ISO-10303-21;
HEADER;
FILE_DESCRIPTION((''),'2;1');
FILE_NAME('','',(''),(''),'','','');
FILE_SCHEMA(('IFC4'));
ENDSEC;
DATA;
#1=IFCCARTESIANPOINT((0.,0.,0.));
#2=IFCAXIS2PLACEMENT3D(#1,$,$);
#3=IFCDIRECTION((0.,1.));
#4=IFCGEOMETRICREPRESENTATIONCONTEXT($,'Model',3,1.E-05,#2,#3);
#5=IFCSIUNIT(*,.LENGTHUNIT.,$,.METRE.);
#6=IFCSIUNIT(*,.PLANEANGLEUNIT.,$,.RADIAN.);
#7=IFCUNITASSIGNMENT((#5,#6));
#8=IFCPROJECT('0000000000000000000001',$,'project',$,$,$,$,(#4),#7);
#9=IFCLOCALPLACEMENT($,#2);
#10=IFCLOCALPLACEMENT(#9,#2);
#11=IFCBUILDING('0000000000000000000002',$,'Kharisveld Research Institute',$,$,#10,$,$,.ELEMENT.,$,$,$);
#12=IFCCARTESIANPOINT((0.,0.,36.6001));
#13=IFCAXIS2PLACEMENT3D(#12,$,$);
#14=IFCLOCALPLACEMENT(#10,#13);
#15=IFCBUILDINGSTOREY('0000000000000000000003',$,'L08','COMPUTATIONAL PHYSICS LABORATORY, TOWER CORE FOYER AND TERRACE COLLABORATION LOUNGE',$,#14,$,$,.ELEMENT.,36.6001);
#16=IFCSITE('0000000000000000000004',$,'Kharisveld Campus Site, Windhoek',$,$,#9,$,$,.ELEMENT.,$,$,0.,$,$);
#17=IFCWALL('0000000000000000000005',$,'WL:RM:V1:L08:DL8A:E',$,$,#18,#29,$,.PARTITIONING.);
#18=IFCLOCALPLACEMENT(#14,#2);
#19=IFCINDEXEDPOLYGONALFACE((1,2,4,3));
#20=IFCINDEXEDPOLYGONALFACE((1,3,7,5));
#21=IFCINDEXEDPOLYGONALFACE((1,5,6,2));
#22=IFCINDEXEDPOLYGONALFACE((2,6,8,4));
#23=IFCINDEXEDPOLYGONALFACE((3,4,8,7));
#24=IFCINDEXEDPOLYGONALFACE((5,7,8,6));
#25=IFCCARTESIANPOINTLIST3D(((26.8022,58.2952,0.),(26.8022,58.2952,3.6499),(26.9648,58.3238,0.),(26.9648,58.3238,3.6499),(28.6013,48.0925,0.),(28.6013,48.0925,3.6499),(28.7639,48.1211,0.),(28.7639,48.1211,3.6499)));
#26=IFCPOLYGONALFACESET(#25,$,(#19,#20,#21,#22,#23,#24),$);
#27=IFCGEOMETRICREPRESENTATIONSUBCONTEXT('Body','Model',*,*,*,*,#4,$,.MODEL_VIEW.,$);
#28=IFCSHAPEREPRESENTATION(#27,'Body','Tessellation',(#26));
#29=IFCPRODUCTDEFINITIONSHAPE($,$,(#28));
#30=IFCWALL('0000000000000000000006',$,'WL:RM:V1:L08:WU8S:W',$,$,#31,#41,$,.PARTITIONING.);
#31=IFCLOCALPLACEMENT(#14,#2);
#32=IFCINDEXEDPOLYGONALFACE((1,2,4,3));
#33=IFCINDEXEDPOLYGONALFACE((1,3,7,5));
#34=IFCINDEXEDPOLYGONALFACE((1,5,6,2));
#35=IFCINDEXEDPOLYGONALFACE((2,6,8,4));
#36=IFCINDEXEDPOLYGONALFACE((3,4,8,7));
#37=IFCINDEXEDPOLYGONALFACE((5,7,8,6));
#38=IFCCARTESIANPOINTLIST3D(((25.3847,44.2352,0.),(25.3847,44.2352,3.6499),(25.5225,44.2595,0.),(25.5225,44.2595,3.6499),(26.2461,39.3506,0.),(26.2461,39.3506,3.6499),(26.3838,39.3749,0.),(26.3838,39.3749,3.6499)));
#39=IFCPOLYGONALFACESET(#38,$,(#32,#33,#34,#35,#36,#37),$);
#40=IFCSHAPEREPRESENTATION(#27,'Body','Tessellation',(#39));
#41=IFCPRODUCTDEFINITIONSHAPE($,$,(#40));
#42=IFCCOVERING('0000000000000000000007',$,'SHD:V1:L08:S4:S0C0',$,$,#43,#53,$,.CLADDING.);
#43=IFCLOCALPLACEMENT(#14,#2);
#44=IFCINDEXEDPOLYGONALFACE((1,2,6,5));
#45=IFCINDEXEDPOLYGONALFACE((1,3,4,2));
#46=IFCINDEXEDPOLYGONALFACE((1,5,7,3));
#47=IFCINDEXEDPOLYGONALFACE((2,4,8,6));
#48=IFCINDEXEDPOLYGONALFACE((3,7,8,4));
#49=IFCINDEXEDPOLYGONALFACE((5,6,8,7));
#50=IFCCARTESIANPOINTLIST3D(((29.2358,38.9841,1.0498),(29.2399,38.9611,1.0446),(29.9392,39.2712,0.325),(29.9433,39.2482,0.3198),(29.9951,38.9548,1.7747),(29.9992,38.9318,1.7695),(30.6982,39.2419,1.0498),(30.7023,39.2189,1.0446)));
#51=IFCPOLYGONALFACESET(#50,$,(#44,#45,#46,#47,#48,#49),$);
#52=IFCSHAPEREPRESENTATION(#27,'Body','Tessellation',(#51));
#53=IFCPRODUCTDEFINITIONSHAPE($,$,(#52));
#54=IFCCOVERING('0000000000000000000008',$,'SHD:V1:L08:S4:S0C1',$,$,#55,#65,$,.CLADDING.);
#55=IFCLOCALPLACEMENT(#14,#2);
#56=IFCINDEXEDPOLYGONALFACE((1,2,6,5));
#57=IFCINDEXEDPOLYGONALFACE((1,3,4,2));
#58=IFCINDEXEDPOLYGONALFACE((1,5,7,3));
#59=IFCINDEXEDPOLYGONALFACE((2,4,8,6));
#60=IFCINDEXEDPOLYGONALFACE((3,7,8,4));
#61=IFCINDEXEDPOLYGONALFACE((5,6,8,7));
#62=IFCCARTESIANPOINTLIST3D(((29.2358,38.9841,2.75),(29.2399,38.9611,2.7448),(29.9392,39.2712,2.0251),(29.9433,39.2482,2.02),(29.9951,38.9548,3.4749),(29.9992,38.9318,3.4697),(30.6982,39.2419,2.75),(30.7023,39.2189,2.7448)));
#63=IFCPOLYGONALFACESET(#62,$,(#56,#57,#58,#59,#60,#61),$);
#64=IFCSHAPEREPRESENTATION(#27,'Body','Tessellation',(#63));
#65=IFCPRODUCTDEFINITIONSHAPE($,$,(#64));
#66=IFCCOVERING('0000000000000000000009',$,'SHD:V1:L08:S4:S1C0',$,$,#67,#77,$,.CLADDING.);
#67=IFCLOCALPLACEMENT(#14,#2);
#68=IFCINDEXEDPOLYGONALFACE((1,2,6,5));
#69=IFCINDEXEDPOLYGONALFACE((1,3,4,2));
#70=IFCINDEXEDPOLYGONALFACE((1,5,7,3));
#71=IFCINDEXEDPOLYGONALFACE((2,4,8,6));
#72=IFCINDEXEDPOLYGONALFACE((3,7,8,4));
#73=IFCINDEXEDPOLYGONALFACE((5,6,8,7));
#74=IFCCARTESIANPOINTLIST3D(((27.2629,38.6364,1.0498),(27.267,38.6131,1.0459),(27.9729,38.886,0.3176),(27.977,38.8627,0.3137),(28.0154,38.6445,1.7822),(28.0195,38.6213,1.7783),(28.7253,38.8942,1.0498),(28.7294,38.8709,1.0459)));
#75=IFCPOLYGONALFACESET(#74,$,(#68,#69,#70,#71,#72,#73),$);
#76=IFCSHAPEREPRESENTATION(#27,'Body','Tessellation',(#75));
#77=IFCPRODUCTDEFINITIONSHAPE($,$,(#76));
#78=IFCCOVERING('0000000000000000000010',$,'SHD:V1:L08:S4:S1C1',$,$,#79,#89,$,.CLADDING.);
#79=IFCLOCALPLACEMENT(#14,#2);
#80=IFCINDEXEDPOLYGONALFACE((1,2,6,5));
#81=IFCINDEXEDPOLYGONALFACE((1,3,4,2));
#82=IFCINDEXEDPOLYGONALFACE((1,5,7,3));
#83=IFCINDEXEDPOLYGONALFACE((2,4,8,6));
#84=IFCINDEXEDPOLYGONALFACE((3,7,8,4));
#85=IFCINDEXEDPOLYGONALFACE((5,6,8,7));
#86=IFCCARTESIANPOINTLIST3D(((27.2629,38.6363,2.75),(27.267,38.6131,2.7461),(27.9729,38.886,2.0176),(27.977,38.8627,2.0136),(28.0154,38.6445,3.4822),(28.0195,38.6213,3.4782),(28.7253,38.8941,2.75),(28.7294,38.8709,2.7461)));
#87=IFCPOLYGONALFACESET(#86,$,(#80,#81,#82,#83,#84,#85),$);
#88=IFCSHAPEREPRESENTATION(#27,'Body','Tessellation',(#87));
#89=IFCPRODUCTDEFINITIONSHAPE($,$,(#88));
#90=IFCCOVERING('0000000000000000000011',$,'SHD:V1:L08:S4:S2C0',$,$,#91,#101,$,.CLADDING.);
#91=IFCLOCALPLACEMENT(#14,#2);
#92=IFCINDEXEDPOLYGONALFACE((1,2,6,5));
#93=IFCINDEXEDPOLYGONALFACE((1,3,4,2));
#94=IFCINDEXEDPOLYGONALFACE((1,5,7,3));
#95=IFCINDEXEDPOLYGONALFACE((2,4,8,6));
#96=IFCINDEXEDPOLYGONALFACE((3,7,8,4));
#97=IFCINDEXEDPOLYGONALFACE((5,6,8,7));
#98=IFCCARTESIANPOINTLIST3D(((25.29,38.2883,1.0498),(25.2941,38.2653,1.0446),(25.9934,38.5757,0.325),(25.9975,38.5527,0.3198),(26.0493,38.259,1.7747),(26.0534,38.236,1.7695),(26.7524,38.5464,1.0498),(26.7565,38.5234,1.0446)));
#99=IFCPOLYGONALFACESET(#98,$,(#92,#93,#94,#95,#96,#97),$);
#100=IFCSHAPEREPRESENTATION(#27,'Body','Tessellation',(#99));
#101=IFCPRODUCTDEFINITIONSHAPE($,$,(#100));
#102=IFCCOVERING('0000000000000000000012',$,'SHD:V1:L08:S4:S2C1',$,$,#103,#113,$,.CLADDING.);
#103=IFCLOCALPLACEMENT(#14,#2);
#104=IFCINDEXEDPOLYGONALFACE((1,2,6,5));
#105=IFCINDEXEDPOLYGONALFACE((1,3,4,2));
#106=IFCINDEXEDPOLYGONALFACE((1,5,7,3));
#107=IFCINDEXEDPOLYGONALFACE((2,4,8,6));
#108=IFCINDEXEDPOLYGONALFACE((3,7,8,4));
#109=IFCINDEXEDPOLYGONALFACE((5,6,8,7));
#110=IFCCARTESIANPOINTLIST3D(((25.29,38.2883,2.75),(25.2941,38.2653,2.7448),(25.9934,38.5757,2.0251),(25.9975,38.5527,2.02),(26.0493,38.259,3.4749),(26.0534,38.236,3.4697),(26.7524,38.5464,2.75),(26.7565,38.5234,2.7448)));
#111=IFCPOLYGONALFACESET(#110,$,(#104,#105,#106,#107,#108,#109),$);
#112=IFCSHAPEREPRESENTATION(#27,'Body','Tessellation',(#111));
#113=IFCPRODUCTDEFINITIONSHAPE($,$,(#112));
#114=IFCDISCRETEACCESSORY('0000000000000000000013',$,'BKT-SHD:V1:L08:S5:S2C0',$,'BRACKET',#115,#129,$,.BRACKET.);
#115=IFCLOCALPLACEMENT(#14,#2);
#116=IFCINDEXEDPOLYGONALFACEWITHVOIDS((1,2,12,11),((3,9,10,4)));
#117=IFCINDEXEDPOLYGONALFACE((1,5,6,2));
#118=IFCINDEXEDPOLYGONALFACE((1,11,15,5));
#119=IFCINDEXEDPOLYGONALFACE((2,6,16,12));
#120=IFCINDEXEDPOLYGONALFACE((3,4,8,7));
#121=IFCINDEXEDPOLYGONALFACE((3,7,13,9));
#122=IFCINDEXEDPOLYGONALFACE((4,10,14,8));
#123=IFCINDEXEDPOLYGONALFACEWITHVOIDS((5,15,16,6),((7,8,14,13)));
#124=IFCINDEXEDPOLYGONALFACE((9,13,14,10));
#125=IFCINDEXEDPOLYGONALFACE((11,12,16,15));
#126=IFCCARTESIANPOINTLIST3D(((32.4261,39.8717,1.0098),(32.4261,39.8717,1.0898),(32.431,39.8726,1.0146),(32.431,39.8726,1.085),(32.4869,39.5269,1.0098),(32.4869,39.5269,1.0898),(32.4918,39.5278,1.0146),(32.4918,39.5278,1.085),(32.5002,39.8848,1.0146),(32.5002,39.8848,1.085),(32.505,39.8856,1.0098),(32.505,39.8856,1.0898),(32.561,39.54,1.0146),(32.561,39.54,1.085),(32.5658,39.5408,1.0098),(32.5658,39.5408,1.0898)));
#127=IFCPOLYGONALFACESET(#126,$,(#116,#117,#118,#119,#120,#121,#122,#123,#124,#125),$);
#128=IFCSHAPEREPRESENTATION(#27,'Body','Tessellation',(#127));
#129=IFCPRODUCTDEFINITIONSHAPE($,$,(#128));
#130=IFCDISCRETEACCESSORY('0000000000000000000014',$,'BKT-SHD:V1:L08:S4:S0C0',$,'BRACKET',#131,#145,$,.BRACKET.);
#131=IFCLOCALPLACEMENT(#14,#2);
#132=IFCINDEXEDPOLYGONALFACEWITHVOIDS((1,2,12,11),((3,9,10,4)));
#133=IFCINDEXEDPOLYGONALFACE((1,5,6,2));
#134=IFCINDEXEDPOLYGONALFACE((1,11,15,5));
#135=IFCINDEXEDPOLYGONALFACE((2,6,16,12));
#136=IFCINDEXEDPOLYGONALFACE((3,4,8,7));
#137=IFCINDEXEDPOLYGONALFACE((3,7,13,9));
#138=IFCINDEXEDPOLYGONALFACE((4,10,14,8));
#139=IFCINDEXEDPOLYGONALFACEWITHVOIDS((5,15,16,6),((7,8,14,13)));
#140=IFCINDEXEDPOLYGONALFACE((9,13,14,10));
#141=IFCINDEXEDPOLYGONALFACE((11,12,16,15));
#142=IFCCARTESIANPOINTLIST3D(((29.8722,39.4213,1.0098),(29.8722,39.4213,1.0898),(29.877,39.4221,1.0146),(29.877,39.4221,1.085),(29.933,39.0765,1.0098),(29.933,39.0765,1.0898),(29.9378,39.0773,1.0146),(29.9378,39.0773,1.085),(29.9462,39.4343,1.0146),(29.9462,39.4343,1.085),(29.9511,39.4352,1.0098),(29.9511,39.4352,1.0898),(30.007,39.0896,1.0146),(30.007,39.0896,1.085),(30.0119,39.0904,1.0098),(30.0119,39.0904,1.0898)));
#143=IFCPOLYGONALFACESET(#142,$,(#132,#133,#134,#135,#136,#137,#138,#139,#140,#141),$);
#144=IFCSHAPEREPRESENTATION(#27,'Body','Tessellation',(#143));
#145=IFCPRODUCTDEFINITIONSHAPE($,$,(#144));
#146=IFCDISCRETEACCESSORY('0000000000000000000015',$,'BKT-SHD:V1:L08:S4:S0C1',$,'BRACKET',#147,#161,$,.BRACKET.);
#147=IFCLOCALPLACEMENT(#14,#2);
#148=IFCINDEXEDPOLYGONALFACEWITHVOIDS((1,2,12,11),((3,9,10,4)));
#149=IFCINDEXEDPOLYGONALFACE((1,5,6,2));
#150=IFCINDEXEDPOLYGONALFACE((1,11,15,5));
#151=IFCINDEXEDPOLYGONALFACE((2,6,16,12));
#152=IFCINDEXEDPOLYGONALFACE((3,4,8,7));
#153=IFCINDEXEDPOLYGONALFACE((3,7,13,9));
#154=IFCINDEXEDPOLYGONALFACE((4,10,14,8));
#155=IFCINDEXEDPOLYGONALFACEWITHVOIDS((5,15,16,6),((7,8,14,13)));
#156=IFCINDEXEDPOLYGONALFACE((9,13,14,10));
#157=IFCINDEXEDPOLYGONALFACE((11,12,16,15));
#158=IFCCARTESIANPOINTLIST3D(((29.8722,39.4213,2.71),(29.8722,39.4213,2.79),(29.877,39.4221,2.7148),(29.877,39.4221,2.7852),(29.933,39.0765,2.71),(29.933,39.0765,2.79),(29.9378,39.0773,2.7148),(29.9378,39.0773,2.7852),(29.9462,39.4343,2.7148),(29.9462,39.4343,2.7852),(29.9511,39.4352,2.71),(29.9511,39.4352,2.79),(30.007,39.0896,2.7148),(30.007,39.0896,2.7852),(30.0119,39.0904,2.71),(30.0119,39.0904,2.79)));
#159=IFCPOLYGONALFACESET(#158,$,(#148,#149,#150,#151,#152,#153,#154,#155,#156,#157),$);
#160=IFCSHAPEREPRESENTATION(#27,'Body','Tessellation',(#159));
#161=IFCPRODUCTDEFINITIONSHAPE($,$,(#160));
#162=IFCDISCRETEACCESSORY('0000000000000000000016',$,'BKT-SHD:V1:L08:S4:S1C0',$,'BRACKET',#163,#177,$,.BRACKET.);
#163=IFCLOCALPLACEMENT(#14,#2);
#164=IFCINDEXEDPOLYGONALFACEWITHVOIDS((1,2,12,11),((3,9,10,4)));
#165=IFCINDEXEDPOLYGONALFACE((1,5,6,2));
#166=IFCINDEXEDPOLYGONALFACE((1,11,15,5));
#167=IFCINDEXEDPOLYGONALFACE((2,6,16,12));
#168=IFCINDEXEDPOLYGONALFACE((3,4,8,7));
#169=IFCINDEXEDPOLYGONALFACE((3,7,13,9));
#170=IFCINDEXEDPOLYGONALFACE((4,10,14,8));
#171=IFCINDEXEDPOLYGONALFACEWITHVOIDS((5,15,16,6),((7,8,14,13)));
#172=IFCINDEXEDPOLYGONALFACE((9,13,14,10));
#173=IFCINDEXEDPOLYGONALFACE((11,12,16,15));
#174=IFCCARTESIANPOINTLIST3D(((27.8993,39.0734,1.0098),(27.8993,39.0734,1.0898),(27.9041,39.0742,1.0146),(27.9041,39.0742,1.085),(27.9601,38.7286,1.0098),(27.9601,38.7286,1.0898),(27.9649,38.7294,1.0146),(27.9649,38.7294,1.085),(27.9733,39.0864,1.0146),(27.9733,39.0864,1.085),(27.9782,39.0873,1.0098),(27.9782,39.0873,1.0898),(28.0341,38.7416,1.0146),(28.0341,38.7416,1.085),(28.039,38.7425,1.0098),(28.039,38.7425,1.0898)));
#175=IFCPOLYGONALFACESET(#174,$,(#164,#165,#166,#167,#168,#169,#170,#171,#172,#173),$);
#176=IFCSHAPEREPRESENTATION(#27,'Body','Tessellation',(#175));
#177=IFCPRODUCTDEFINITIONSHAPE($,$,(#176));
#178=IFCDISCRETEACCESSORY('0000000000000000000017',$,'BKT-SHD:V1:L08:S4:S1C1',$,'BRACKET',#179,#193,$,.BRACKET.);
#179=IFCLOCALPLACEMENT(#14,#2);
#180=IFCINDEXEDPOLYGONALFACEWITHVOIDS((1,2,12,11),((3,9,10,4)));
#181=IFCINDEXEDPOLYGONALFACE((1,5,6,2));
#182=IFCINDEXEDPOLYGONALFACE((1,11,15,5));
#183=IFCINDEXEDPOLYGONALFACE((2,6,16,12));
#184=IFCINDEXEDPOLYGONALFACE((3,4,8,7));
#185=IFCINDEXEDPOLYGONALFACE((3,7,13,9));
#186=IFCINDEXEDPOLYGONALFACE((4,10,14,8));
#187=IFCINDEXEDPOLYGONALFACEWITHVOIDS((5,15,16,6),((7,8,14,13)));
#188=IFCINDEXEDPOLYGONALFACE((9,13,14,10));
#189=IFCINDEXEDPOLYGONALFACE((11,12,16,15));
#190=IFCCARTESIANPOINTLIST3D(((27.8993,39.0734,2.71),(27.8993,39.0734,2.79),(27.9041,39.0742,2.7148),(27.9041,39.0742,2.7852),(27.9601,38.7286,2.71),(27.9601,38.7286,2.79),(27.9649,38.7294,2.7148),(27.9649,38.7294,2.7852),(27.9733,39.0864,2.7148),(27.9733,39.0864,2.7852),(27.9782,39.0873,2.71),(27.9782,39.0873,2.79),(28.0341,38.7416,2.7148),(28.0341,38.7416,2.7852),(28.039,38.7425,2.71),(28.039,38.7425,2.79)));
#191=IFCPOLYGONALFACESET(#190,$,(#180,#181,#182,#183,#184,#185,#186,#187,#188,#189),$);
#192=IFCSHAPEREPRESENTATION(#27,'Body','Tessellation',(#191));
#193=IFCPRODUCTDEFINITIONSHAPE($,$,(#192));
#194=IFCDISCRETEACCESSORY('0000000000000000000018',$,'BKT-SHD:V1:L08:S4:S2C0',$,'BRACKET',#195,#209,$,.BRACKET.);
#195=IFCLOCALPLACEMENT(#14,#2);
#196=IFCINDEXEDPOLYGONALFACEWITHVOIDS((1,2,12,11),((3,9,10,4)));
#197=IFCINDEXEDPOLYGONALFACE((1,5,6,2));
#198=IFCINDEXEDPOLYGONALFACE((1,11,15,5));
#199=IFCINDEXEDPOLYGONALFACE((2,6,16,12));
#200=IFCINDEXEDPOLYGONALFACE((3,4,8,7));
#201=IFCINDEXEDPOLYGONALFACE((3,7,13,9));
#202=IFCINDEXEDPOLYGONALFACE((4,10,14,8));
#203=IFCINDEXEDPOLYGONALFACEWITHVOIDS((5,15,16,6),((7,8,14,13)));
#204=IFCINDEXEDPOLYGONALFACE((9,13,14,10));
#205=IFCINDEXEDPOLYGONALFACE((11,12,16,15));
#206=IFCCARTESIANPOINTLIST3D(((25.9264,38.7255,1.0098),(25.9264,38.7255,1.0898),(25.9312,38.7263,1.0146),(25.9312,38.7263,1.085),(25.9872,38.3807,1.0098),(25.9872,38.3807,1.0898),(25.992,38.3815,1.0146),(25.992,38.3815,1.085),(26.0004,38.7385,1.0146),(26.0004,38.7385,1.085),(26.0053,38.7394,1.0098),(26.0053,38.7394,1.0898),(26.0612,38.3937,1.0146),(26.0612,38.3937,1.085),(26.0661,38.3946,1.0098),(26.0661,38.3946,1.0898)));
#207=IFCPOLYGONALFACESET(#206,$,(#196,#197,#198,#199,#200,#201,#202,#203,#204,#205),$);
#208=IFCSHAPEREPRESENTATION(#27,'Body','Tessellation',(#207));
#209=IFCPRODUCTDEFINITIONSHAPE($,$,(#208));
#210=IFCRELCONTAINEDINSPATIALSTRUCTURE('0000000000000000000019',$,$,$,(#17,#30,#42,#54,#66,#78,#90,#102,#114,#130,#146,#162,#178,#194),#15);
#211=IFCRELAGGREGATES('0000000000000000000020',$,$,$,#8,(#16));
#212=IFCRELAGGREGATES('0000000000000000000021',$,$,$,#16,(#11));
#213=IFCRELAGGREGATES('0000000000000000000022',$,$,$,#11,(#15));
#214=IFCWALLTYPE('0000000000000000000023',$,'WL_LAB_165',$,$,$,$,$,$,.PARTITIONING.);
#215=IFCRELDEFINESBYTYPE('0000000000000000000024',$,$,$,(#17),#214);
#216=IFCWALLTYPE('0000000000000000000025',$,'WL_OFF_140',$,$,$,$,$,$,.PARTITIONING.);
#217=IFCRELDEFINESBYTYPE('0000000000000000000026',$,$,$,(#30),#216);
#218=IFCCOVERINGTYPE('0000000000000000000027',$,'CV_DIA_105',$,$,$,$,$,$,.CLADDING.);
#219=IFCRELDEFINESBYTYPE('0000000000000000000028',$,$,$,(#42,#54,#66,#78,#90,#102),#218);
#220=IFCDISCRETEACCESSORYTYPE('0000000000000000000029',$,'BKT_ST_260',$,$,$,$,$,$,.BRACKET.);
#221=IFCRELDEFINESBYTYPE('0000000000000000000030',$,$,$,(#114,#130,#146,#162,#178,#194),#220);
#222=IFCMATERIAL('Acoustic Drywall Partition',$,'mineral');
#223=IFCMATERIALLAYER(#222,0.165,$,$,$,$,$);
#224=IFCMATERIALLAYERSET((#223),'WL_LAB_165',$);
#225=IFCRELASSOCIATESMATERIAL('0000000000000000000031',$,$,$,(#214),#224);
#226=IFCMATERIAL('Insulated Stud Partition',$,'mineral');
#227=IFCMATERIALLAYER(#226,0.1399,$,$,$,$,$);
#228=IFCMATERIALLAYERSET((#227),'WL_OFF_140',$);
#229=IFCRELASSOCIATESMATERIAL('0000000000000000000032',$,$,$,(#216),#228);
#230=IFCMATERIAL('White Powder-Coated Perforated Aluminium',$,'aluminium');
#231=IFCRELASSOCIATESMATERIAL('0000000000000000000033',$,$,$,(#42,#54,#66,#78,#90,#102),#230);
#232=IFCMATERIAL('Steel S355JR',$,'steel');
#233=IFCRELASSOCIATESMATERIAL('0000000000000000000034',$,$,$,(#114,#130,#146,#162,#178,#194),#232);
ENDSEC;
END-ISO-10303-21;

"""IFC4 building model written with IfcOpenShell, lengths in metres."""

from ifc_helpers import new_model, si_unit, direction, frame, frame_2d, origin, origin_2d, place, context, subcontext, project, spatial, polyline, rectangle, hollow_rectangle, outline, extrude, material, layer, layer_set, type_object, element, save


model = new_model("IFC4")

# Units and contexts
model_context = context("Model", 3, precision=1e-05, world=origin(), true_north=direction((0.0, 1.0)))
body_context = subcontext(model_context, "Body", "Model", "MODEL_VIEW")
ifc_project = project(units=[si_unit("LENGTHUNIT", "METRE"), si_unit("PLANEANGLEUNIT", "RADIAN")], contexts=[model_context])

# Site, building, storey
site_placement = place(None, origin())
site = spatial("IfcSite", under=ifc_project, at=site_placement, Name="Kharisveld Campus Site, Windhoek", CompositionType="ELEMENT", RefElevation=0.0)
building_placement = place(site_placement, origin())
building = spatial("IfcBuilding", under=site, at=building_placement, Name="Kharisveld Research Institute", CompositionType="ELEMENT")
storey_placement = place(building_placement, frame((0.0, 0.0, 36.6001)))
storey = spatial("IfcBuildingStorey", under=building, at=storey_placement, Name="L08", Description="COMPUTATIONAL PHYSICS LABORATORY, TOWER CORE FOYER AND TERRACE COLLABORATION LOUNGE", CompositionType="ELEMENT", Elevation=36.6001)

# Wall
ifc_material_1 = material(Name="Acoustic Drywall Partition", Category="mineral")
ifc_layer_1 = layer(ifc_material_1, 0.165)
ifc_layer_set_1 = layer_set([ifc_layer_1], Name="WL_LAB_165")
wall_type_1 = type_object("IfcWallType", Name="WL_LAB_165", PredefinedType="PARTITIONING", material=ifc_layer_set_1)
wall_1_placement = place(storey_placement, frame((28.6826, 48.1067, 0.0), z_axis=(0.0, 0.0, 1.0), x_axis=(-0.173655, 0.984807, 0.0)))
element("IfcWall", 1, at=wall_1_placement, inside=storey, type_object=wall_type_1, Name="WL:RM:V1:L08:DL8A:E", PredefinedType="PARTITIONING", context=body_context, shape_type="SweptSolid", body=[
    extrude(rectangle(XDim=10.3601, YDim=0.165, at=frame_2d((5.1802, 0.0))), origin(), (0.0, 0.0, 1.0), 3.6499),
])

# Shared definitions
ifc_material_2 = material(Name="Insulated Stud Partition", Category="mineral")
ifc_layer_2 = layer(ifc_material_2, 0.1399)
ifc_layer_set_2 = layer_set([ifc_layer_2], Name="WL_OFF_140")
wall_type_2 = type_object("IfcWallType", Name="WL_OFF_140", PredefinedType="PARTITIONING", material=ifc_layer_set_2)

# Wall
wall_2_placement = place(storey_placement, frame((25.4536, 44.2473, 0.0), z_axis=(0.0, 0.0, 1.0), x_axis=(0.173659, -0.984806, 0.0)))
element("IfcWall", 2, at=wall_2_placement, inside=storey, type_object=wall_type_2, Name="WL:RM:V1:L08:WU8S:W", PredefinedType="PARTITIONING", context=body_context, shape_type="SweptSolid", body=[
    extrude(rectangle(XDim=4.96, YDim=0.1399, at=frame_2d((2.48, 0.0))), origin(), (0.0, 0.0, 1.0), 3.6499),
])

# Coverings
ifc_material_3 = material(Name="White Powder-Coated Perforated Aluminium", Category="aluminium")
covering_type = type_object("IfcCoveringType", Name="CV_DIA_105", PredefinedType="CLADDING")
for number, where, z_axis, x_axis, name in (
    (3, (29.9392, 39.2712, 0.325), (-0.169503, 0.961481, 0.216385), (-0.66985, -0.273447, 0.69031), "SHD:V1:L08:S4:S0C0"),
    (4, (29.9392, 39.2712, 2.0251), (-0.169503, 0.961481, 0.216385), (-0.66985, -0.273447, 0.69031), "SHD:V1:L08:S4:S0C1"),
):
    element("IfcCovering", number, at=place(storey_placement, frame(where, z_axis=z_axis, x_axis=x_axis)), inside=storey, type_object=covering_type, material=ifc_material_3, Name=name, PredefinedType="CLADDING", context=body_context, shape_type="SweptSolid", body=[
        extrude(outline(polyline([(0.0, 0.0), (1.05, 0.0), (1.0498, 1.0501), (-0.0001, 1.05), (0.0, 0.0)])), origin(), (0.0, 0.0, -1.0), 0.0239),
    ])
covering_1_placement = place(storey_placement, frame((27.9729, 38.886, 0.3176), z_axis=(-0.171234, 0.971299, 0.165096), x_axis=(-0.676174, -0.237734, 0.697332)))
element("IfcCovering", 5, at=covering_1_placement, inside=storey, type_object=covering_type, material=ifc_material_3, Name="SHD:V1:L08:S4:S1C0", PredefinedType="CLADDING", context=body_context, shape_type="SweptSolid", body=[
    extrude(outline(polyline([(0.0, 0.0), (1.05, 0.0), (1.05, 1.0501), (-0.0001, 1.0499), (0.0, 0.0)])), origin(), (0.0, 0.0, -1.0), 0.0239),
])
covering_2_placement = place(storey_placement, frame((27.9729, 38.886, 2.0176), z_axis=(-0.171234, 0.971299, 0.165096), x_axis=(-0.676058, -0.237732, 0.697445)))
element("IfcCovering", 6, at=covering_2_placement, inside=storey, type_object=covering_type, material=ifc_material_3, Name="SHD:V1:L08:S4:S1C1", PredefinedType="CLADDING", context=body_context, shape_type="SweptSolid", body=[
    extrude(outline(polyline([(0.0, 0.0), (1.0502, 0.0), (1.0502, 1.0499), (0.0002, 1.0501), (0.0, 0.0)])), origin(), (0.0, 0.0, -1.0), 0.0239),
])
for number, where, z_axis, x_axis, name in (
    (7, (25.9934, 38.5757, 0.325), (-0.169653, 0.96142, 0.21654), (-0.669807, -0.273663, 0.690266), "SHD:V1:L08:S4:S2C0"),
    (8, (25.9934, 38.5757, 2.0251), (-0.169653, 0.96142, 0.21654), (-0.669807, -0.273663, 0.690266), "SHD:V1:L08:S4:S2C1"),
):
    element("IfcCovering", number, at=place(storey_placement, frame(where, z_axis=z_axis, x_axis=x_axis)), inside=storey, type_object=covering_type, material=ifc_material_3, Name=name, PredefinedType="CLADDING", context=body_context, shape_type="SweptSolid", body=[
        extrude(outline(polyline([(0.0, 0.0), (1.0501, 0.0), (1.0499, 1.0501), (0.0, 1.05), (0.0, 0.0)])), origin(), (0.0, 0.0, -1.0), 0.0239),
    ])

# Discrete accessories
ifc_material_4 = material(Name="Steel S355JR", Category="steel")
discrete_accessory_type = type_object("IfcDiscreteAccessoryType", Name="BKT_ST_260", PredefinedType="BRACKET")
for number, where, z_axis, x_axis, name in (
    (9, (32.4656, 39.8787, 1.0498), (0.173666, -0.984805, 0.0), (0.984805, 0.173666, 0.0), "BKT-SHD:V1:L08:S5:S2C0"),
    (10, (29.9116, 39.4282, 1.0498), (0.173666, -0.984805, 0.0), (0.984805, 0.173666, 0.0), "BKT-SHD:V1:L08:S4:S0C0"),
    (11, (29.9116, 39.4282, 2.75), (0.173666, -0.984805, 0.0), (0.984805, 0.173666, 0.0), "BKT-SHD:V1:L08:S4:S0C1"),
    (12, (27.9387, 39.0803, 1.0498), (0.173666, -0.984805, 0.0), (0.984805, 0.173666, 0.0), "BKT-SHD:V1:L08:S4:S1C0"),
    (13, (27.9387, 39.0803, 2.75), (0.173666, -0.984805, 0.0), (0.984805, 0.173666, 0.0), "BKT-SHD:V1:L08:S4:S1C1"),
    (14, (25.9658, 38.7324, 1.0498), (0.173666, -0.984805, 0.0), (0.984805, 0.173666, 0.0), "BKT-SHD:V1:L08:S4:S2C0"),
):
    element("IfcDiscreteAccessory", number, at=place(storey_placement, frame(where, z_axis=z_axis, x_axis=x_axis)), inside=storey, type_object=discrete_accessory_type, material=ifc_material_4, Name=name, ObjectType="BRACKET", PredefinedType="BRACKET", context=body_context, shape_type="SweptSolid", body=[
        extrude(hollow_rectangle(XDim=0.0801, YDim=0.0801, WallThickness=0.0049, at=origin_2d()), origin(), (0.0, 0.0, 1.0), 0.3501),
    ])

save(model, "model.ifc")
